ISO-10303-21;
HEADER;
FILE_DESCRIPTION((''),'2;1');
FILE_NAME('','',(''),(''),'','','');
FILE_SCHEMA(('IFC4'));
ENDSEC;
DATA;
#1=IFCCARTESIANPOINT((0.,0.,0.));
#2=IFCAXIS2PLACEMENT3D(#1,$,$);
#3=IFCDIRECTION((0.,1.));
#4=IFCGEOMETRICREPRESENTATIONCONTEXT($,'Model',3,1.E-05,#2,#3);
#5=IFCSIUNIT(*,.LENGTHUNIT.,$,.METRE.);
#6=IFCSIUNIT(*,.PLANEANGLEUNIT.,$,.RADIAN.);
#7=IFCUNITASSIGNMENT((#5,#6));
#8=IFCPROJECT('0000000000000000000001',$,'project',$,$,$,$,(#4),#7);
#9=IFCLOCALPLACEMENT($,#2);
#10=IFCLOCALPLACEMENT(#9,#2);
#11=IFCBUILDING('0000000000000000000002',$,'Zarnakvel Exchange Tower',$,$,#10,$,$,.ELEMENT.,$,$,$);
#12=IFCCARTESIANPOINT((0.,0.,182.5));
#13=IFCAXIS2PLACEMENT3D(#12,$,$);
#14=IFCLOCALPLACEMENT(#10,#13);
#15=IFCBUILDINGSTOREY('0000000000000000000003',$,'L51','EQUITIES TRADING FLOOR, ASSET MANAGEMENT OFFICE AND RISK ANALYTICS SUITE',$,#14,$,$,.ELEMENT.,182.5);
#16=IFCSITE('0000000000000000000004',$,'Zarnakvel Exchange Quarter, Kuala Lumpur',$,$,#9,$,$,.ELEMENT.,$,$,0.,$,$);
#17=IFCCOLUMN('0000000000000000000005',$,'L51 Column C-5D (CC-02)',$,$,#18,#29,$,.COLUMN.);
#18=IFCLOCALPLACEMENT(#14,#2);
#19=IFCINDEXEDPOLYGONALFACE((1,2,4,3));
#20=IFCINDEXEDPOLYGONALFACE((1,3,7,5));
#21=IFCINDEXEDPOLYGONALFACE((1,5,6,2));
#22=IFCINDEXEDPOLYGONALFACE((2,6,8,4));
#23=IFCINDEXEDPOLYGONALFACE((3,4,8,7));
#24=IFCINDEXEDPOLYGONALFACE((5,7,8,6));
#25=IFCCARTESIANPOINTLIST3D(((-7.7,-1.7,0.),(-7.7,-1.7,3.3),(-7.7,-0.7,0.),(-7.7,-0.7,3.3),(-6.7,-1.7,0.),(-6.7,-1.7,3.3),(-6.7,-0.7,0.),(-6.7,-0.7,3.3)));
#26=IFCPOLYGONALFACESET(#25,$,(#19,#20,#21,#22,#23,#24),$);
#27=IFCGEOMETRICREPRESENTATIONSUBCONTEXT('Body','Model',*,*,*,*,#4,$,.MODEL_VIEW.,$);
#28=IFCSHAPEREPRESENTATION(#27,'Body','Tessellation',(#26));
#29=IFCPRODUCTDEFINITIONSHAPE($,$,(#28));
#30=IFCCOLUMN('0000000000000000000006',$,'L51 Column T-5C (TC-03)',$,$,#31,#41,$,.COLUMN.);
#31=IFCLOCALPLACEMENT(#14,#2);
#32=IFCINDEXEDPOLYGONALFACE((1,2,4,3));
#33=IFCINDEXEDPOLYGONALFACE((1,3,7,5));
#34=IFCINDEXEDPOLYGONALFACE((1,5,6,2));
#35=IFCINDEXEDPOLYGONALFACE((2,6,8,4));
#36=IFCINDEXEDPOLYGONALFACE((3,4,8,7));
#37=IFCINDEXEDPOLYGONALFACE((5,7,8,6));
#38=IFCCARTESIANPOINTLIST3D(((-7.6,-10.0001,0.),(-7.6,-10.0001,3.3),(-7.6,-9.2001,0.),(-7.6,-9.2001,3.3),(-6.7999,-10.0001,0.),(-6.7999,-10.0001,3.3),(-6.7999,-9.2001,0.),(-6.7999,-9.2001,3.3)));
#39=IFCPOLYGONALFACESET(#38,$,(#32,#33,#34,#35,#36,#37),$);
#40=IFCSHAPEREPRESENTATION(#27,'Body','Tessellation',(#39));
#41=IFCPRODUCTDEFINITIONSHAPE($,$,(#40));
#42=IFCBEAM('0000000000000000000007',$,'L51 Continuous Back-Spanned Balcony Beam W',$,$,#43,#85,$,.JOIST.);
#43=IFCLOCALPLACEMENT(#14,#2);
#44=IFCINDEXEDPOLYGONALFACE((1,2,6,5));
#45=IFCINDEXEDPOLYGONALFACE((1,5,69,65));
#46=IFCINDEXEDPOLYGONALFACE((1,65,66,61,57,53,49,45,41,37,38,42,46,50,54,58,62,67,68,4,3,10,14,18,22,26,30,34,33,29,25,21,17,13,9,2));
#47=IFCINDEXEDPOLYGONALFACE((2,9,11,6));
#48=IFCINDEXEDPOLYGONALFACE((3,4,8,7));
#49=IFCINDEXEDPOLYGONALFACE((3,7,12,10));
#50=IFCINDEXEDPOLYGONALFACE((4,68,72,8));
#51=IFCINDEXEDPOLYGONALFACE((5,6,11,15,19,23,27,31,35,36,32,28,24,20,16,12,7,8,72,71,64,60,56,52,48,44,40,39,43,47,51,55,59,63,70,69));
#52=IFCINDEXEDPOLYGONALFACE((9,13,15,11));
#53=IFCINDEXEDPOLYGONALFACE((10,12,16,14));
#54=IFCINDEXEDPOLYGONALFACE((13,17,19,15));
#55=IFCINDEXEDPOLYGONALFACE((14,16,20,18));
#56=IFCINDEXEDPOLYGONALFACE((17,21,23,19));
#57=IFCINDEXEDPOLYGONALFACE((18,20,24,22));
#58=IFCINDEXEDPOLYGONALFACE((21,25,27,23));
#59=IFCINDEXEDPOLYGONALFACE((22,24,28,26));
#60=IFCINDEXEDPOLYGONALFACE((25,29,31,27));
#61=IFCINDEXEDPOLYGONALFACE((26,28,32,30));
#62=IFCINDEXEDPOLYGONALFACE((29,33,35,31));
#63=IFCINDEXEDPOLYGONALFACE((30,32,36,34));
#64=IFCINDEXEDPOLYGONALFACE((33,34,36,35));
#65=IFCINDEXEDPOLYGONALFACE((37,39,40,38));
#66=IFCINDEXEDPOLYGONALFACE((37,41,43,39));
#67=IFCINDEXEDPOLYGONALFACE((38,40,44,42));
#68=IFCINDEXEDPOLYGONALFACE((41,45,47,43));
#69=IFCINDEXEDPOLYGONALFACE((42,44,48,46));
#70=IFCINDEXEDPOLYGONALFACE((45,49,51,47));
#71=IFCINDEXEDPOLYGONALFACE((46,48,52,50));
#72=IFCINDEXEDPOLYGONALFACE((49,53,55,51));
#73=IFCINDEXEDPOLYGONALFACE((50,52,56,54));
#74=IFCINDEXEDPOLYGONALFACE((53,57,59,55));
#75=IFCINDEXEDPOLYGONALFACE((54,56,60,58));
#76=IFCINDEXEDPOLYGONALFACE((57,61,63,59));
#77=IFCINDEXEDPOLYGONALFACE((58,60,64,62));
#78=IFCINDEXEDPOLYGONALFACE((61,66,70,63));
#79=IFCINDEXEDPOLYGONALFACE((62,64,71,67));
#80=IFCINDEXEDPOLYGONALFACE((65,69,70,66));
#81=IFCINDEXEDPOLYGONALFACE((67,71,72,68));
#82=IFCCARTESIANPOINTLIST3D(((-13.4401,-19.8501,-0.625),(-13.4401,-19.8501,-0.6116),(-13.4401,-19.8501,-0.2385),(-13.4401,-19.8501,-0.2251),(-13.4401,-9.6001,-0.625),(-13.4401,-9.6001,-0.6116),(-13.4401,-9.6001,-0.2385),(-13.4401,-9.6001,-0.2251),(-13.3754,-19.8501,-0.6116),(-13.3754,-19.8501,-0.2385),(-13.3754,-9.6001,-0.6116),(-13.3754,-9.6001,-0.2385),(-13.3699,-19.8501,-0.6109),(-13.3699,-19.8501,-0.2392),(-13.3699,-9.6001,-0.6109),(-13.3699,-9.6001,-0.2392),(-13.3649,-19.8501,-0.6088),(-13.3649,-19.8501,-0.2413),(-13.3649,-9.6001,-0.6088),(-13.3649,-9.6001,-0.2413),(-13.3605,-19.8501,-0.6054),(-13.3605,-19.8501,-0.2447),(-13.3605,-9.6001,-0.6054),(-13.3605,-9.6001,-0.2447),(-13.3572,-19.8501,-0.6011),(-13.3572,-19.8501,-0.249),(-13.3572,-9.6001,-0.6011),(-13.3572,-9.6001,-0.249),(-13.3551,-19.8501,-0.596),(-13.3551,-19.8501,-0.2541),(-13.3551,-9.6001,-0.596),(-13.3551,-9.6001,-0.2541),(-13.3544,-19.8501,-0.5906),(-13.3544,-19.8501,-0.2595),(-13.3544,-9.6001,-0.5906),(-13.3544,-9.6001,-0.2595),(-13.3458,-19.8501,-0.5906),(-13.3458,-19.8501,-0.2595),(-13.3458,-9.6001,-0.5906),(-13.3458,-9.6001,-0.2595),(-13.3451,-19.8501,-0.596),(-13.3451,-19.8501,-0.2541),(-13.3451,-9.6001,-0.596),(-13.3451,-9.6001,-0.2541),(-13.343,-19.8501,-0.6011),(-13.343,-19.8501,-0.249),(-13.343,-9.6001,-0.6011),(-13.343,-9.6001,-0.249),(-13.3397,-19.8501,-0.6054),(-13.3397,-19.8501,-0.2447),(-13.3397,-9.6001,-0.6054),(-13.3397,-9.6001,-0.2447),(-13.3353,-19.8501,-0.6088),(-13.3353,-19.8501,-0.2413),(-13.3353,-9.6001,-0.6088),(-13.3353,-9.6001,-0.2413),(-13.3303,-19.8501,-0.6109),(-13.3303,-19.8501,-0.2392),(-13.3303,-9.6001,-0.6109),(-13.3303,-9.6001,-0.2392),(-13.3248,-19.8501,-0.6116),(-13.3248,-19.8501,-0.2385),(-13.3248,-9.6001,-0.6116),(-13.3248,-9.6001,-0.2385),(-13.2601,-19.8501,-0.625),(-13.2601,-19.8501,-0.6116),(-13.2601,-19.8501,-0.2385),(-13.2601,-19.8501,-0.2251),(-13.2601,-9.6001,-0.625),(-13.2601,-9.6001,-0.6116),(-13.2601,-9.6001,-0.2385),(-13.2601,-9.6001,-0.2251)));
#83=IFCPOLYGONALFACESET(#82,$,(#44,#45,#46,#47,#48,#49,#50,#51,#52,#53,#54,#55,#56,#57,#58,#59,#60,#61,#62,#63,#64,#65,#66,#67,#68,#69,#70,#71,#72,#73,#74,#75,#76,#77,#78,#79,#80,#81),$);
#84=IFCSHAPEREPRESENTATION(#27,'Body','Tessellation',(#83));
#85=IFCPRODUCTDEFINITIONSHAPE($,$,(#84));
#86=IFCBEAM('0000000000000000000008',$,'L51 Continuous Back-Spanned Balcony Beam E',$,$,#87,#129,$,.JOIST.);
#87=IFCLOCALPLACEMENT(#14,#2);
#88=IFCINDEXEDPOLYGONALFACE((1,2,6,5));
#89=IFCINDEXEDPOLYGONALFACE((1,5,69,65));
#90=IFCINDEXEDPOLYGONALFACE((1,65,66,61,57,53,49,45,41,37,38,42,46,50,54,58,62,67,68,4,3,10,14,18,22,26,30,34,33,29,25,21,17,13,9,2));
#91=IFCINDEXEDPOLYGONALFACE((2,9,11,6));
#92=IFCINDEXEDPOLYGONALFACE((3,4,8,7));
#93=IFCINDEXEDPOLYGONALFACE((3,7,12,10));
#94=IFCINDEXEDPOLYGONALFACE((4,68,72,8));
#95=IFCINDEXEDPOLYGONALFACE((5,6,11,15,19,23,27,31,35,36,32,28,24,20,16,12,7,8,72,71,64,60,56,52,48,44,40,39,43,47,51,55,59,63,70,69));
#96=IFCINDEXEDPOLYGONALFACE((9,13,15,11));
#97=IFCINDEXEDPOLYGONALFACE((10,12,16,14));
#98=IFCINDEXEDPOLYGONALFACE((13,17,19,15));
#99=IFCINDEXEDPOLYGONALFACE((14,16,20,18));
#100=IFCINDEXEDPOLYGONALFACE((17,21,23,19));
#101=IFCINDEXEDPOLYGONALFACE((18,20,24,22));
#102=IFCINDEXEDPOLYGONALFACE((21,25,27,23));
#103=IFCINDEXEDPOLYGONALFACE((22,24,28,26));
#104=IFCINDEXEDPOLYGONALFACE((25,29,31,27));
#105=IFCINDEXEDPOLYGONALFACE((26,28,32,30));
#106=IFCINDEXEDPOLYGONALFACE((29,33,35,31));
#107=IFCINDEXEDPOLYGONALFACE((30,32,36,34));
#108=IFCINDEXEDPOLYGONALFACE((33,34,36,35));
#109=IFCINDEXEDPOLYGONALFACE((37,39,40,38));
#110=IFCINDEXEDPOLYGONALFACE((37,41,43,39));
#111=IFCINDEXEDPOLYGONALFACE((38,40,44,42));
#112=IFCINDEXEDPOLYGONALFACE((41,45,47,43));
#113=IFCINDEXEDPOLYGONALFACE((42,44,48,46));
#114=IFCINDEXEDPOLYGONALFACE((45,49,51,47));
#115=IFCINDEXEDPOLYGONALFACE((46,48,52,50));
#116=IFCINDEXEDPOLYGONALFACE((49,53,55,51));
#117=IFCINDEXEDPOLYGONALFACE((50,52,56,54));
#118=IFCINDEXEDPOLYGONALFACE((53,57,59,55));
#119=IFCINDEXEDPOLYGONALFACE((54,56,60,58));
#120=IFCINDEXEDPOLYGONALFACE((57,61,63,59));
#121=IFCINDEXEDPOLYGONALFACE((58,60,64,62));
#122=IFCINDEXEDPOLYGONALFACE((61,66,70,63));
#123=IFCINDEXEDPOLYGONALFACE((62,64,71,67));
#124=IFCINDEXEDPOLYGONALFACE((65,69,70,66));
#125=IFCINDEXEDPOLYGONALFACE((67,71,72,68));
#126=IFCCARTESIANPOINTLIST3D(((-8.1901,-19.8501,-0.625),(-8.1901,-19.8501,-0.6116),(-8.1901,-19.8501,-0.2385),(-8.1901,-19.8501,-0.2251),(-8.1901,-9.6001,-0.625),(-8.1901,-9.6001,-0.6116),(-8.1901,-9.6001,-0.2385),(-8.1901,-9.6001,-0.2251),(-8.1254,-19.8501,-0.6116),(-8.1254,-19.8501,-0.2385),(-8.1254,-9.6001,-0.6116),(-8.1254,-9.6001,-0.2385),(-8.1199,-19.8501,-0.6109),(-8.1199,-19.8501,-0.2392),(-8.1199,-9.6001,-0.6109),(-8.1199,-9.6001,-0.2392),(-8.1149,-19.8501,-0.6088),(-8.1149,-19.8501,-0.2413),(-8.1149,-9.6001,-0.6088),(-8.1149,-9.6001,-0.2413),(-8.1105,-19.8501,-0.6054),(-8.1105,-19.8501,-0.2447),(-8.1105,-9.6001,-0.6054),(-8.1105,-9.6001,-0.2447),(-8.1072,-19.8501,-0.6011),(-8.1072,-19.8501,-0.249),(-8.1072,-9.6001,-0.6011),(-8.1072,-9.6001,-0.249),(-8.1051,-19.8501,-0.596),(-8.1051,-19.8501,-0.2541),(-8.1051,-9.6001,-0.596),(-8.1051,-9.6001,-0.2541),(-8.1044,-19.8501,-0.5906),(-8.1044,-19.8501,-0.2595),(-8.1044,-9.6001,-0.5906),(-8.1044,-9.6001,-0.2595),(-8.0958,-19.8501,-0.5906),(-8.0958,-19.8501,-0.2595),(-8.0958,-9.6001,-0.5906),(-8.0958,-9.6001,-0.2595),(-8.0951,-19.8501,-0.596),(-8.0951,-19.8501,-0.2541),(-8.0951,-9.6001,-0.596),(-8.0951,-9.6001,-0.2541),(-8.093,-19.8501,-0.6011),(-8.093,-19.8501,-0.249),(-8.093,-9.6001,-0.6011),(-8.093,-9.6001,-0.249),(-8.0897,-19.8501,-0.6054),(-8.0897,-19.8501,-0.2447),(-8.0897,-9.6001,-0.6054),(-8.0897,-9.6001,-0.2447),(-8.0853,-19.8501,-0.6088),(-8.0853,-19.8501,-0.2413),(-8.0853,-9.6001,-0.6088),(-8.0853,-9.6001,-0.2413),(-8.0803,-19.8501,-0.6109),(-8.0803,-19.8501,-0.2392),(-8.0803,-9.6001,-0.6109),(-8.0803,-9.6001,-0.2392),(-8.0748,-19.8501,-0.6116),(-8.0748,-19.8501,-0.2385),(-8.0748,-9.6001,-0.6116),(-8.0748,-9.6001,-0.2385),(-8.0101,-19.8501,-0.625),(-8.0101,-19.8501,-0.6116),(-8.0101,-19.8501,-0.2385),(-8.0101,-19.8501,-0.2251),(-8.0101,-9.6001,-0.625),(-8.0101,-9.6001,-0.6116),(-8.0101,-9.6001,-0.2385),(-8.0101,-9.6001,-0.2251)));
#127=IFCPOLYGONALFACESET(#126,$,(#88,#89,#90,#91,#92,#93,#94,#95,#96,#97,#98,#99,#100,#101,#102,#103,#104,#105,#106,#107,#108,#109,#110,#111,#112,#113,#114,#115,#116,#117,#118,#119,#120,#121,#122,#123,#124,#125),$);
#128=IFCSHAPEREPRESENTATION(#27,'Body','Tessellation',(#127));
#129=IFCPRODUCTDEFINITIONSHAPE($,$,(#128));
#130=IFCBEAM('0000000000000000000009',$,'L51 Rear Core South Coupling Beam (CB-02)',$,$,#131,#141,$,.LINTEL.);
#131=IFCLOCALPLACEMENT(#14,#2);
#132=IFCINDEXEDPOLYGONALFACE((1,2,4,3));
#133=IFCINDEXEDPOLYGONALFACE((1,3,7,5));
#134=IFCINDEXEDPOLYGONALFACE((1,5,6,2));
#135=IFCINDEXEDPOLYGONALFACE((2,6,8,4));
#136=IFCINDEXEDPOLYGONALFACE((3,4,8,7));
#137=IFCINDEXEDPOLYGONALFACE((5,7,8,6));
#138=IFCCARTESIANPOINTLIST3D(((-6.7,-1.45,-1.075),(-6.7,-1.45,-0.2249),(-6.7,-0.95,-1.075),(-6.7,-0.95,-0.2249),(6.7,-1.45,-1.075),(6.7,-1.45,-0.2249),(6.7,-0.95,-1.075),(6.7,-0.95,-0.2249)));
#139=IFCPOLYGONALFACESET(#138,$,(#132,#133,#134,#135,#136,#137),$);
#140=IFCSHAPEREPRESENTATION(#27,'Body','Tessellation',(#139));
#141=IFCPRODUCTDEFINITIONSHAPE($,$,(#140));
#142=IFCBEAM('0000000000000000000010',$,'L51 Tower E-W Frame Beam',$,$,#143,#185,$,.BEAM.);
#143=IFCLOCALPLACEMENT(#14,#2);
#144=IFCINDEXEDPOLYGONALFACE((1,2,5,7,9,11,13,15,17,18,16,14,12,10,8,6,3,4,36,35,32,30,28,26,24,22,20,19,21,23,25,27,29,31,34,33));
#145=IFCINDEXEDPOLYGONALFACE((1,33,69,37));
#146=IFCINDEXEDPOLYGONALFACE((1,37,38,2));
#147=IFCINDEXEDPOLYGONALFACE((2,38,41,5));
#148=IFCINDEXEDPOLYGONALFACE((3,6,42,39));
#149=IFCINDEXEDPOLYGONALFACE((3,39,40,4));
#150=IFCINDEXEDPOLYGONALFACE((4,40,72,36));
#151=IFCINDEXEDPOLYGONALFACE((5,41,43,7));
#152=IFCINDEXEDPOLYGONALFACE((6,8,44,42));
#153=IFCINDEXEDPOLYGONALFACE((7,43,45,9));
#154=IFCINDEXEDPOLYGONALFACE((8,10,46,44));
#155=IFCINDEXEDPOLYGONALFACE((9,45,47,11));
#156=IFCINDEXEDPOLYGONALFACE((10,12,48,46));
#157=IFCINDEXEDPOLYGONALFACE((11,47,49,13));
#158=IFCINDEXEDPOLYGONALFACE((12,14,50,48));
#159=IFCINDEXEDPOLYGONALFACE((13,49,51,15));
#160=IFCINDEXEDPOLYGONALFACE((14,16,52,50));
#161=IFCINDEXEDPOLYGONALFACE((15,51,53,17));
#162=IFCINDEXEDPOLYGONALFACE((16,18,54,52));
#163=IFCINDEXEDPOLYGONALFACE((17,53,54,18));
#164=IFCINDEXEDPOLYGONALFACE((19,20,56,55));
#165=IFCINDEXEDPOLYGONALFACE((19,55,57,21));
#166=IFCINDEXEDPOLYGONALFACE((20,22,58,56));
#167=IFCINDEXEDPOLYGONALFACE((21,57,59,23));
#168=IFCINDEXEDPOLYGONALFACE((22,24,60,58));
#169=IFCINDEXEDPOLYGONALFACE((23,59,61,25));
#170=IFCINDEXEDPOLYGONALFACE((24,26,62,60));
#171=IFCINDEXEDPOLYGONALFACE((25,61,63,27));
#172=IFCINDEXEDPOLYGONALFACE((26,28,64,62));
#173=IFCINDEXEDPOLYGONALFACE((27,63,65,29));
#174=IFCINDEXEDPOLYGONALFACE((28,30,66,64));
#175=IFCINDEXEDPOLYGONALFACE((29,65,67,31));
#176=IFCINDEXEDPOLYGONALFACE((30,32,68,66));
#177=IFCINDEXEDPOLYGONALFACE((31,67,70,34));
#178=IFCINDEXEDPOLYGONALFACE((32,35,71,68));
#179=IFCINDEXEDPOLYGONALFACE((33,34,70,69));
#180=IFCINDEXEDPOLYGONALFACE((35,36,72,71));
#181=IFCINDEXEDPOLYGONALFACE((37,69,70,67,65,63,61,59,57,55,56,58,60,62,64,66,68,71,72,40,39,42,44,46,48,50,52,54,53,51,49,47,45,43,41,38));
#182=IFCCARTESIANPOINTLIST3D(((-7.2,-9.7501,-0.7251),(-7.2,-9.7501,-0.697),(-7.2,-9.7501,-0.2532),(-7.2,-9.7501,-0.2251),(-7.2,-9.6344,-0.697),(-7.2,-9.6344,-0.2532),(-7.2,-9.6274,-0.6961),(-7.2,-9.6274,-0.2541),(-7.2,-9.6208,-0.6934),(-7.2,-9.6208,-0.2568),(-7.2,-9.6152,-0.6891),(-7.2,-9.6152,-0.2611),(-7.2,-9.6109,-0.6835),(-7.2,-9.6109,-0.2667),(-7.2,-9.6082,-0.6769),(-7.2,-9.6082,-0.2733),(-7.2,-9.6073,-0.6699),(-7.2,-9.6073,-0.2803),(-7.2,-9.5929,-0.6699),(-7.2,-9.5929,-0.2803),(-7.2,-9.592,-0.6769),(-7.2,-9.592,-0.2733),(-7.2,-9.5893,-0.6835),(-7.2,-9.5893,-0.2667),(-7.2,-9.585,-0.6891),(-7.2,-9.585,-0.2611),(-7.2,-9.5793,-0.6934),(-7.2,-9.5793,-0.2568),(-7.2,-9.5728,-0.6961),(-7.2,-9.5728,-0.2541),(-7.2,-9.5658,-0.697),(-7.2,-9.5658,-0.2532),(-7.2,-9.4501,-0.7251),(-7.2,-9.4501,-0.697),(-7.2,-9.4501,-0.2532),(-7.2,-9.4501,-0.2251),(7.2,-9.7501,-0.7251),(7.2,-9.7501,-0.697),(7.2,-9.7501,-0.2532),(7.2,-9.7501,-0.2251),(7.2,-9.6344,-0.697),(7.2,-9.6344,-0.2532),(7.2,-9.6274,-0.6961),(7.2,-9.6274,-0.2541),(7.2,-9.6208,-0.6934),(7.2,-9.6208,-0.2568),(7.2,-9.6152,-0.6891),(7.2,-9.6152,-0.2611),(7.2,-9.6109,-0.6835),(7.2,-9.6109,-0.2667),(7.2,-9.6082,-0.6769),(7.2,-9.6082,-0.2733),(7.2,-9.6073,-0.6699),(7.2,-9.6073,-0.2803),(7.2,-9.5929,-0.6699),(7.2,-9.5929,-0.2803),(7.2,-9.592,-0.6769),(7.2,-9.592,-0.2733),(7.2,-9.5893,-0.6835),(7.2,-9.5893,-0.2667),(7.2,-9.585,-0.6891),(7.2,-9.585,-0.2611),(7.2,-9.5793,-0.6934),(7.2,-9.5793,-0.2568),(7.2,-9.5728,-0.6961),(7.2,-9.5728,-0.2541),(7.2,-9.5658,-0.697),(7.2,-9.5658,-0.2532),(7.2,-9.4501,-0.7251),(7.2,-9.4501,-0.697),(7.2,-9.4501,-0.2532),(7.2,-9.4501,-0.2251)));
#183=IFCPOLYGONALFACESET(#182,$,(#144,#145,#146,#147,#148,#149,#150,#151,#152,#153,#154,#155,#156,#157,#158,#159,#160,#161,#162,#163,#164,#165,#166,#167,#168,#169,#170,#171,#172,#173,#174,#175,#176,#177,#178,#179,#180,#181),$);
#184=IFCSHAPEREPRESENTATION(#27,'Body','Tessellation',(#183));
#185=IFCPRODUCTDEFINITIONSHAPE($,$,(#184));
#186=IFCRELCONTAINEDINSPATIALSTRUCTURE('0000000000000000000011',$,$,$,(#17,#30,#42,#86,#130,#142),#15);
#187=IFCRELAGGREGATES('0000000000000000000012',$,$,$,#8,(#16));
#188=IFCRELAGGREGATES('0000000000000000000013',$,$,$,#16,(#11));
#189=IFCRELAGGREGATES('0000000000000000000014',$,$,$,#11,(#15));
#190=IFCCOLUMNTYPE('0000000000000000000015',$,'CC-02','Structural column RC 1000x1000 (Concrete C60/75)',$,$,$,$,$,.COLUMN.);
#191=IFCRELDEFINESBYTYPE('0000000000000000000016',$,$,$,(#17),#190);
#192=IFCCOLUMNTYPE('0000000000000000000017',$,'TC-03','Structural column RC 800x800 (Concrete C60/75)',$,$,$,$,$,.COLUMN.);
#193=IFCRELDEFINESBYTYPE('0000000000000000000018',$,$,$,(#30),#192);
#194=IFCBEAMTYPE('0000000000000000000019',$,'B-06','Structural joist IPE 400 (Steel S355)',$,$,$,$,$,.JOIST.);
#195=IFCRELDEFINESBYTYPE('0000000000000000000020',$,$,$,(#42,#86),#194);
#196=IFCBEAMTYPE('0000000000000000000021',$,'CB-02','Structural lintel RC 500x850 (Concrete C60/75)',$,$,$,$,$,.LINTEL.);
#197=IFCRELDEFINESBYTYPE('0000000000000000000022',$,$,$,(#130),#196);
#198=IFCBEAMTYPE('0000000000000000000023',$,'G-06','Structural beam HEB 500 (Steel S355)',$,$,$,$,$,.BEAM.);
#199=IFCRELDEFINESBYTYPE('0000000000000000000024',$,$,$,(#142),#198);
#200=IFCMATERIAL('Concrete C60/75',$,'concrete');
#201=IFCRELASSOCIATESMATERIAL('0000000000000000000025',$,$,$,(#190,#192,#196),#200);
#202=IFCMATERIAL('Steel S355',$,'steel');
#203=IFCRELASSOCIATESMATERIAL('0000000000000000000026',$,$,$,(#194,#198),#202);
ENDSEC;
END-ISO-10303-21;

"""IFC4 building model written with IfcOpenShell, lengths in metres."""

from ifc_helpers import new_model, si_unit, direction, frame, origin, origin_2d, place, context, subcontext, project, spatial, rectangle, i_section, extrude, material, material_profile, profile_set, type_object, element, save


model = new_model("IFC4")

# Units and contexts
model_context = context("Model", 3, precision=1e-05, world=origin(), true_north=direction((0.0, 1.0)))
body_context = subcontext(model_context, "Body", "Model", "MODEL_VIEW")
ifc_project = project(units=[si_unit("LENGTHUNIT", "METRE"), si_unit("PLANEANGLEUNIT", "RADIAN")], contexts=[model_context])

# Site, building, storey
site_placement = place(None, origin())
site = spatial("IfcSite", under=ifc_project, at=site_placement, Name="Zarnakvel Exchange Quarter, Kuala Lumpur", CompositionType="ELEMENT", RefElevation=0.0)
building_placement = place(site_placement, origin())
building = spatial("IfcBuilding", under=site, at=building_placement, Name="Zarnakvel Exchange Tower", CompositionType="ELEMENT")
storey_placement = place(building_placement, frame((0.0, 0.0, 182.5)))
storey = spatial("IfcBuildingStorey", under=building, at=storey_placement, Name="L51", Description="EQUITIES TRADING FLOOR, ASSET MANAGEMENT OFFICE AND RISK ANALYTICS SUITE", CompositionType="ELEMENT", Elevation=182.5)

# Columns
ifc_material_1 = material(Name="Concrete C60/75", Category="concrete")
ifc_material_profile_1 = material_profile(ifc_material_1, rectangle(XDim=1.0, YDim=1.0, at=origin_2d()))
ifc_profile_set_1 = profile_set([ifc_material_profile_1], Name="Concrete C60/75")
column_type_1 = type_object("IfcColumnType", Name="CC-02", Description="Structural column RC 1000x1000 (Concrete C60/75)", PredefinedType="COLUMN", material=ifc_profile_set_1)
column_1_placement = place(storey_placement, frame((-7.2, -1.2, 0.0), z_axis=(0.0, 0.0, 1.0), x_axis=(1.0, 0.0, 0.0)))
element("IfcColumn", 1, at=column_1_placement, inside=storey, type_object=column_type_1, Name="L51 Column C-5D (CC-02)", PredefinedType="COLUMN", context=body_context, shape_type="SweptSolid", body=[
    extrude(rectangle(XDim=1.0, YDim=1.0, at=origin_2d()), origin(), (0.0, 0.0, 1.0), 3.3),
])
ifc_material_profile_2 = material_profile(ifc_material_1, rectangle(XDim=0.8, YDim=0.8, at=origin_2d()))
ifc_profile_set_2 = profile_set([ifc_material_profile_2], Name="Concrete C60/75")
column_type_2 = type_object("IfcColumnType", Name="TC-03", Description="Structural column RC 800x800 (Concrete C60/75)", PredefinedType="COLUMN", material=ifc_profile_set_2)
column_2_placement = place(storey_placement, frame((-7.2, -9.6001, 0.0), z_axis=(0.0, 0.0, 1.0), x_axis=(1.0, 0.0, 0.0)))
element("IfcColumn", 2, at=column_2_placement, inside=storey, type_object=column_type_2, Name="L51 Column T-5C (TC-03)", PredefinedType="COLUMN", context=body_context, shape_type="SweptSolid", body=[
    extrude(rectangle(XDim=0.8, YDim=0.8, at=origin_2d()), origin(), (0.0, 0.0, 1.0), 3.3),
])

# Beams
ifc_material_2 = material(Name="Steel S355", Category="steel")
ifc_material_profile_3 = material_profile(ifc_material_2, i_section(OverallWidth=0.1799, OverallDepth=0.3999, WebThickness=0.0085, FlangeThickness=0.0134, FilletRadius=0.021, at=origin_2d()))
ifc_profile_set_3 = profile_set([ifc_material_profile_3], Name="Steel S355")
beam_type_1 = type_object("IfcBeamType", Name="B-06", Description="Structural joist IPE 400 (Steel S355)", PredefinedType="JOIST", material=ifc_profile_set_3)
for number, where, z_axis, x_axis, name in (
    (3, (-13.3501, -9.6001, -0.425), (0.0, -1.0, 0.0), (1.0, 0.0, 0.0), "L51 Continuous Back-Spanned Balcony Beam W"),
    (4, (-8.1001, -9.6001, -0.425), (0.0, -1.0, 0.0), (1.0, 0.0, 0.0), "L51 Continuous Back-Spanned Balcony Beam E"),
):
    element("IfcBeam", number, at=place(storey_placement, frame(where, z_axis=z_axis, x_axis=x_axis)), inside=storey, type_object=beam_type_1, Name=name, PredefinedType="JOIST", context=body_context, shape_type="SweptSolid", body=[
        extrude(i_section(OverallWidth=0.1799, OverallDepth=0.3999, WebThickness=0.0085, FlangeThickness=0.0134, FilletRadius=0.021, at=origin_2d()), origin(), (0.0, 0.0, 1.0), 10.25),
    ])
ifc_material_profile_4 = material_profile(ifc_material_1, rectangle(XDim=0.5, YDim=0.8501, at=origin_2d()))
ifc_profile_set_4 = profile_set([ifc_material_profile_4], Name="Concrete C60/75")
beam_type_2 = type_object("IfcBeamType", Name="CB-02", Description="Structural lintel RC 500x850 (Concrete C60/75)", PredefinedType="LINTEL", material=ifc_profile_set_4)
beam_1_placement = place(storey_placement, frame((-6.7, -1.2, -0.6499), z_axis=(1.0, 0.0, 0.0), x_axis=(0.0, 1.0, 0.0)))
element("IfcBeam", 5, at=beam_1_placement, inside=storey, type_object=beam_type_2, Name="L51 Rear Core South Coupling Beam (CB-02)", PredefinedType="LINTEL", context=body_context, shape_type="SweptSolid", body=[
    extrude(rectangle(XDim=0.5, YDim=0.8501, at=origin_2d()), origin(), (0.0, 0.0, 1.0), 13.3999),
])
ifc_material_profile_5 = material_profile(ifc_material_2, i_section(OverallWidth=0.3, OverallDepth=0.5, WebThickness=0.0144, FlangeThickness=0.0281, FilletRadius=0.0271, at=origin_2d()))
ifc_profile_set_5 = profile_set([ifc_material_profile_5], Name="Steel S355")
beam_type_3 = type_object("IfcBeamType", Name="G-06", Description="Structural beam HEB 500 (Steel S355)", PredefinedType="BEAM", material=ifc_profile_set_5)
beam_2_placement = place(storey_placement, frame((-7.2, -9.6001, -0.4751), z_axis=(1.0, 0.0, 0.0), x_axis=(0.0, 1.0, 0.0)))
element("IfcBeam", 6, at=beam_2_placement, inside=storey, type_object=beam_type_3, Name="L51 Tower E-W Frame Beam", PredefinedType="BEAM", context=body_context, shape_type="SweptSolid", body=[
    extrude(i_section(OverallWidth=0.3, OverallDepth=0.5, WebThickness=0.0144, FlangeThickness=0.0281, FilletRadius=0.0271, at=origin_2d()), origin(), (0.0, 0.0, 1.0), 14.3999),
])

save(model, "model.ifc")
